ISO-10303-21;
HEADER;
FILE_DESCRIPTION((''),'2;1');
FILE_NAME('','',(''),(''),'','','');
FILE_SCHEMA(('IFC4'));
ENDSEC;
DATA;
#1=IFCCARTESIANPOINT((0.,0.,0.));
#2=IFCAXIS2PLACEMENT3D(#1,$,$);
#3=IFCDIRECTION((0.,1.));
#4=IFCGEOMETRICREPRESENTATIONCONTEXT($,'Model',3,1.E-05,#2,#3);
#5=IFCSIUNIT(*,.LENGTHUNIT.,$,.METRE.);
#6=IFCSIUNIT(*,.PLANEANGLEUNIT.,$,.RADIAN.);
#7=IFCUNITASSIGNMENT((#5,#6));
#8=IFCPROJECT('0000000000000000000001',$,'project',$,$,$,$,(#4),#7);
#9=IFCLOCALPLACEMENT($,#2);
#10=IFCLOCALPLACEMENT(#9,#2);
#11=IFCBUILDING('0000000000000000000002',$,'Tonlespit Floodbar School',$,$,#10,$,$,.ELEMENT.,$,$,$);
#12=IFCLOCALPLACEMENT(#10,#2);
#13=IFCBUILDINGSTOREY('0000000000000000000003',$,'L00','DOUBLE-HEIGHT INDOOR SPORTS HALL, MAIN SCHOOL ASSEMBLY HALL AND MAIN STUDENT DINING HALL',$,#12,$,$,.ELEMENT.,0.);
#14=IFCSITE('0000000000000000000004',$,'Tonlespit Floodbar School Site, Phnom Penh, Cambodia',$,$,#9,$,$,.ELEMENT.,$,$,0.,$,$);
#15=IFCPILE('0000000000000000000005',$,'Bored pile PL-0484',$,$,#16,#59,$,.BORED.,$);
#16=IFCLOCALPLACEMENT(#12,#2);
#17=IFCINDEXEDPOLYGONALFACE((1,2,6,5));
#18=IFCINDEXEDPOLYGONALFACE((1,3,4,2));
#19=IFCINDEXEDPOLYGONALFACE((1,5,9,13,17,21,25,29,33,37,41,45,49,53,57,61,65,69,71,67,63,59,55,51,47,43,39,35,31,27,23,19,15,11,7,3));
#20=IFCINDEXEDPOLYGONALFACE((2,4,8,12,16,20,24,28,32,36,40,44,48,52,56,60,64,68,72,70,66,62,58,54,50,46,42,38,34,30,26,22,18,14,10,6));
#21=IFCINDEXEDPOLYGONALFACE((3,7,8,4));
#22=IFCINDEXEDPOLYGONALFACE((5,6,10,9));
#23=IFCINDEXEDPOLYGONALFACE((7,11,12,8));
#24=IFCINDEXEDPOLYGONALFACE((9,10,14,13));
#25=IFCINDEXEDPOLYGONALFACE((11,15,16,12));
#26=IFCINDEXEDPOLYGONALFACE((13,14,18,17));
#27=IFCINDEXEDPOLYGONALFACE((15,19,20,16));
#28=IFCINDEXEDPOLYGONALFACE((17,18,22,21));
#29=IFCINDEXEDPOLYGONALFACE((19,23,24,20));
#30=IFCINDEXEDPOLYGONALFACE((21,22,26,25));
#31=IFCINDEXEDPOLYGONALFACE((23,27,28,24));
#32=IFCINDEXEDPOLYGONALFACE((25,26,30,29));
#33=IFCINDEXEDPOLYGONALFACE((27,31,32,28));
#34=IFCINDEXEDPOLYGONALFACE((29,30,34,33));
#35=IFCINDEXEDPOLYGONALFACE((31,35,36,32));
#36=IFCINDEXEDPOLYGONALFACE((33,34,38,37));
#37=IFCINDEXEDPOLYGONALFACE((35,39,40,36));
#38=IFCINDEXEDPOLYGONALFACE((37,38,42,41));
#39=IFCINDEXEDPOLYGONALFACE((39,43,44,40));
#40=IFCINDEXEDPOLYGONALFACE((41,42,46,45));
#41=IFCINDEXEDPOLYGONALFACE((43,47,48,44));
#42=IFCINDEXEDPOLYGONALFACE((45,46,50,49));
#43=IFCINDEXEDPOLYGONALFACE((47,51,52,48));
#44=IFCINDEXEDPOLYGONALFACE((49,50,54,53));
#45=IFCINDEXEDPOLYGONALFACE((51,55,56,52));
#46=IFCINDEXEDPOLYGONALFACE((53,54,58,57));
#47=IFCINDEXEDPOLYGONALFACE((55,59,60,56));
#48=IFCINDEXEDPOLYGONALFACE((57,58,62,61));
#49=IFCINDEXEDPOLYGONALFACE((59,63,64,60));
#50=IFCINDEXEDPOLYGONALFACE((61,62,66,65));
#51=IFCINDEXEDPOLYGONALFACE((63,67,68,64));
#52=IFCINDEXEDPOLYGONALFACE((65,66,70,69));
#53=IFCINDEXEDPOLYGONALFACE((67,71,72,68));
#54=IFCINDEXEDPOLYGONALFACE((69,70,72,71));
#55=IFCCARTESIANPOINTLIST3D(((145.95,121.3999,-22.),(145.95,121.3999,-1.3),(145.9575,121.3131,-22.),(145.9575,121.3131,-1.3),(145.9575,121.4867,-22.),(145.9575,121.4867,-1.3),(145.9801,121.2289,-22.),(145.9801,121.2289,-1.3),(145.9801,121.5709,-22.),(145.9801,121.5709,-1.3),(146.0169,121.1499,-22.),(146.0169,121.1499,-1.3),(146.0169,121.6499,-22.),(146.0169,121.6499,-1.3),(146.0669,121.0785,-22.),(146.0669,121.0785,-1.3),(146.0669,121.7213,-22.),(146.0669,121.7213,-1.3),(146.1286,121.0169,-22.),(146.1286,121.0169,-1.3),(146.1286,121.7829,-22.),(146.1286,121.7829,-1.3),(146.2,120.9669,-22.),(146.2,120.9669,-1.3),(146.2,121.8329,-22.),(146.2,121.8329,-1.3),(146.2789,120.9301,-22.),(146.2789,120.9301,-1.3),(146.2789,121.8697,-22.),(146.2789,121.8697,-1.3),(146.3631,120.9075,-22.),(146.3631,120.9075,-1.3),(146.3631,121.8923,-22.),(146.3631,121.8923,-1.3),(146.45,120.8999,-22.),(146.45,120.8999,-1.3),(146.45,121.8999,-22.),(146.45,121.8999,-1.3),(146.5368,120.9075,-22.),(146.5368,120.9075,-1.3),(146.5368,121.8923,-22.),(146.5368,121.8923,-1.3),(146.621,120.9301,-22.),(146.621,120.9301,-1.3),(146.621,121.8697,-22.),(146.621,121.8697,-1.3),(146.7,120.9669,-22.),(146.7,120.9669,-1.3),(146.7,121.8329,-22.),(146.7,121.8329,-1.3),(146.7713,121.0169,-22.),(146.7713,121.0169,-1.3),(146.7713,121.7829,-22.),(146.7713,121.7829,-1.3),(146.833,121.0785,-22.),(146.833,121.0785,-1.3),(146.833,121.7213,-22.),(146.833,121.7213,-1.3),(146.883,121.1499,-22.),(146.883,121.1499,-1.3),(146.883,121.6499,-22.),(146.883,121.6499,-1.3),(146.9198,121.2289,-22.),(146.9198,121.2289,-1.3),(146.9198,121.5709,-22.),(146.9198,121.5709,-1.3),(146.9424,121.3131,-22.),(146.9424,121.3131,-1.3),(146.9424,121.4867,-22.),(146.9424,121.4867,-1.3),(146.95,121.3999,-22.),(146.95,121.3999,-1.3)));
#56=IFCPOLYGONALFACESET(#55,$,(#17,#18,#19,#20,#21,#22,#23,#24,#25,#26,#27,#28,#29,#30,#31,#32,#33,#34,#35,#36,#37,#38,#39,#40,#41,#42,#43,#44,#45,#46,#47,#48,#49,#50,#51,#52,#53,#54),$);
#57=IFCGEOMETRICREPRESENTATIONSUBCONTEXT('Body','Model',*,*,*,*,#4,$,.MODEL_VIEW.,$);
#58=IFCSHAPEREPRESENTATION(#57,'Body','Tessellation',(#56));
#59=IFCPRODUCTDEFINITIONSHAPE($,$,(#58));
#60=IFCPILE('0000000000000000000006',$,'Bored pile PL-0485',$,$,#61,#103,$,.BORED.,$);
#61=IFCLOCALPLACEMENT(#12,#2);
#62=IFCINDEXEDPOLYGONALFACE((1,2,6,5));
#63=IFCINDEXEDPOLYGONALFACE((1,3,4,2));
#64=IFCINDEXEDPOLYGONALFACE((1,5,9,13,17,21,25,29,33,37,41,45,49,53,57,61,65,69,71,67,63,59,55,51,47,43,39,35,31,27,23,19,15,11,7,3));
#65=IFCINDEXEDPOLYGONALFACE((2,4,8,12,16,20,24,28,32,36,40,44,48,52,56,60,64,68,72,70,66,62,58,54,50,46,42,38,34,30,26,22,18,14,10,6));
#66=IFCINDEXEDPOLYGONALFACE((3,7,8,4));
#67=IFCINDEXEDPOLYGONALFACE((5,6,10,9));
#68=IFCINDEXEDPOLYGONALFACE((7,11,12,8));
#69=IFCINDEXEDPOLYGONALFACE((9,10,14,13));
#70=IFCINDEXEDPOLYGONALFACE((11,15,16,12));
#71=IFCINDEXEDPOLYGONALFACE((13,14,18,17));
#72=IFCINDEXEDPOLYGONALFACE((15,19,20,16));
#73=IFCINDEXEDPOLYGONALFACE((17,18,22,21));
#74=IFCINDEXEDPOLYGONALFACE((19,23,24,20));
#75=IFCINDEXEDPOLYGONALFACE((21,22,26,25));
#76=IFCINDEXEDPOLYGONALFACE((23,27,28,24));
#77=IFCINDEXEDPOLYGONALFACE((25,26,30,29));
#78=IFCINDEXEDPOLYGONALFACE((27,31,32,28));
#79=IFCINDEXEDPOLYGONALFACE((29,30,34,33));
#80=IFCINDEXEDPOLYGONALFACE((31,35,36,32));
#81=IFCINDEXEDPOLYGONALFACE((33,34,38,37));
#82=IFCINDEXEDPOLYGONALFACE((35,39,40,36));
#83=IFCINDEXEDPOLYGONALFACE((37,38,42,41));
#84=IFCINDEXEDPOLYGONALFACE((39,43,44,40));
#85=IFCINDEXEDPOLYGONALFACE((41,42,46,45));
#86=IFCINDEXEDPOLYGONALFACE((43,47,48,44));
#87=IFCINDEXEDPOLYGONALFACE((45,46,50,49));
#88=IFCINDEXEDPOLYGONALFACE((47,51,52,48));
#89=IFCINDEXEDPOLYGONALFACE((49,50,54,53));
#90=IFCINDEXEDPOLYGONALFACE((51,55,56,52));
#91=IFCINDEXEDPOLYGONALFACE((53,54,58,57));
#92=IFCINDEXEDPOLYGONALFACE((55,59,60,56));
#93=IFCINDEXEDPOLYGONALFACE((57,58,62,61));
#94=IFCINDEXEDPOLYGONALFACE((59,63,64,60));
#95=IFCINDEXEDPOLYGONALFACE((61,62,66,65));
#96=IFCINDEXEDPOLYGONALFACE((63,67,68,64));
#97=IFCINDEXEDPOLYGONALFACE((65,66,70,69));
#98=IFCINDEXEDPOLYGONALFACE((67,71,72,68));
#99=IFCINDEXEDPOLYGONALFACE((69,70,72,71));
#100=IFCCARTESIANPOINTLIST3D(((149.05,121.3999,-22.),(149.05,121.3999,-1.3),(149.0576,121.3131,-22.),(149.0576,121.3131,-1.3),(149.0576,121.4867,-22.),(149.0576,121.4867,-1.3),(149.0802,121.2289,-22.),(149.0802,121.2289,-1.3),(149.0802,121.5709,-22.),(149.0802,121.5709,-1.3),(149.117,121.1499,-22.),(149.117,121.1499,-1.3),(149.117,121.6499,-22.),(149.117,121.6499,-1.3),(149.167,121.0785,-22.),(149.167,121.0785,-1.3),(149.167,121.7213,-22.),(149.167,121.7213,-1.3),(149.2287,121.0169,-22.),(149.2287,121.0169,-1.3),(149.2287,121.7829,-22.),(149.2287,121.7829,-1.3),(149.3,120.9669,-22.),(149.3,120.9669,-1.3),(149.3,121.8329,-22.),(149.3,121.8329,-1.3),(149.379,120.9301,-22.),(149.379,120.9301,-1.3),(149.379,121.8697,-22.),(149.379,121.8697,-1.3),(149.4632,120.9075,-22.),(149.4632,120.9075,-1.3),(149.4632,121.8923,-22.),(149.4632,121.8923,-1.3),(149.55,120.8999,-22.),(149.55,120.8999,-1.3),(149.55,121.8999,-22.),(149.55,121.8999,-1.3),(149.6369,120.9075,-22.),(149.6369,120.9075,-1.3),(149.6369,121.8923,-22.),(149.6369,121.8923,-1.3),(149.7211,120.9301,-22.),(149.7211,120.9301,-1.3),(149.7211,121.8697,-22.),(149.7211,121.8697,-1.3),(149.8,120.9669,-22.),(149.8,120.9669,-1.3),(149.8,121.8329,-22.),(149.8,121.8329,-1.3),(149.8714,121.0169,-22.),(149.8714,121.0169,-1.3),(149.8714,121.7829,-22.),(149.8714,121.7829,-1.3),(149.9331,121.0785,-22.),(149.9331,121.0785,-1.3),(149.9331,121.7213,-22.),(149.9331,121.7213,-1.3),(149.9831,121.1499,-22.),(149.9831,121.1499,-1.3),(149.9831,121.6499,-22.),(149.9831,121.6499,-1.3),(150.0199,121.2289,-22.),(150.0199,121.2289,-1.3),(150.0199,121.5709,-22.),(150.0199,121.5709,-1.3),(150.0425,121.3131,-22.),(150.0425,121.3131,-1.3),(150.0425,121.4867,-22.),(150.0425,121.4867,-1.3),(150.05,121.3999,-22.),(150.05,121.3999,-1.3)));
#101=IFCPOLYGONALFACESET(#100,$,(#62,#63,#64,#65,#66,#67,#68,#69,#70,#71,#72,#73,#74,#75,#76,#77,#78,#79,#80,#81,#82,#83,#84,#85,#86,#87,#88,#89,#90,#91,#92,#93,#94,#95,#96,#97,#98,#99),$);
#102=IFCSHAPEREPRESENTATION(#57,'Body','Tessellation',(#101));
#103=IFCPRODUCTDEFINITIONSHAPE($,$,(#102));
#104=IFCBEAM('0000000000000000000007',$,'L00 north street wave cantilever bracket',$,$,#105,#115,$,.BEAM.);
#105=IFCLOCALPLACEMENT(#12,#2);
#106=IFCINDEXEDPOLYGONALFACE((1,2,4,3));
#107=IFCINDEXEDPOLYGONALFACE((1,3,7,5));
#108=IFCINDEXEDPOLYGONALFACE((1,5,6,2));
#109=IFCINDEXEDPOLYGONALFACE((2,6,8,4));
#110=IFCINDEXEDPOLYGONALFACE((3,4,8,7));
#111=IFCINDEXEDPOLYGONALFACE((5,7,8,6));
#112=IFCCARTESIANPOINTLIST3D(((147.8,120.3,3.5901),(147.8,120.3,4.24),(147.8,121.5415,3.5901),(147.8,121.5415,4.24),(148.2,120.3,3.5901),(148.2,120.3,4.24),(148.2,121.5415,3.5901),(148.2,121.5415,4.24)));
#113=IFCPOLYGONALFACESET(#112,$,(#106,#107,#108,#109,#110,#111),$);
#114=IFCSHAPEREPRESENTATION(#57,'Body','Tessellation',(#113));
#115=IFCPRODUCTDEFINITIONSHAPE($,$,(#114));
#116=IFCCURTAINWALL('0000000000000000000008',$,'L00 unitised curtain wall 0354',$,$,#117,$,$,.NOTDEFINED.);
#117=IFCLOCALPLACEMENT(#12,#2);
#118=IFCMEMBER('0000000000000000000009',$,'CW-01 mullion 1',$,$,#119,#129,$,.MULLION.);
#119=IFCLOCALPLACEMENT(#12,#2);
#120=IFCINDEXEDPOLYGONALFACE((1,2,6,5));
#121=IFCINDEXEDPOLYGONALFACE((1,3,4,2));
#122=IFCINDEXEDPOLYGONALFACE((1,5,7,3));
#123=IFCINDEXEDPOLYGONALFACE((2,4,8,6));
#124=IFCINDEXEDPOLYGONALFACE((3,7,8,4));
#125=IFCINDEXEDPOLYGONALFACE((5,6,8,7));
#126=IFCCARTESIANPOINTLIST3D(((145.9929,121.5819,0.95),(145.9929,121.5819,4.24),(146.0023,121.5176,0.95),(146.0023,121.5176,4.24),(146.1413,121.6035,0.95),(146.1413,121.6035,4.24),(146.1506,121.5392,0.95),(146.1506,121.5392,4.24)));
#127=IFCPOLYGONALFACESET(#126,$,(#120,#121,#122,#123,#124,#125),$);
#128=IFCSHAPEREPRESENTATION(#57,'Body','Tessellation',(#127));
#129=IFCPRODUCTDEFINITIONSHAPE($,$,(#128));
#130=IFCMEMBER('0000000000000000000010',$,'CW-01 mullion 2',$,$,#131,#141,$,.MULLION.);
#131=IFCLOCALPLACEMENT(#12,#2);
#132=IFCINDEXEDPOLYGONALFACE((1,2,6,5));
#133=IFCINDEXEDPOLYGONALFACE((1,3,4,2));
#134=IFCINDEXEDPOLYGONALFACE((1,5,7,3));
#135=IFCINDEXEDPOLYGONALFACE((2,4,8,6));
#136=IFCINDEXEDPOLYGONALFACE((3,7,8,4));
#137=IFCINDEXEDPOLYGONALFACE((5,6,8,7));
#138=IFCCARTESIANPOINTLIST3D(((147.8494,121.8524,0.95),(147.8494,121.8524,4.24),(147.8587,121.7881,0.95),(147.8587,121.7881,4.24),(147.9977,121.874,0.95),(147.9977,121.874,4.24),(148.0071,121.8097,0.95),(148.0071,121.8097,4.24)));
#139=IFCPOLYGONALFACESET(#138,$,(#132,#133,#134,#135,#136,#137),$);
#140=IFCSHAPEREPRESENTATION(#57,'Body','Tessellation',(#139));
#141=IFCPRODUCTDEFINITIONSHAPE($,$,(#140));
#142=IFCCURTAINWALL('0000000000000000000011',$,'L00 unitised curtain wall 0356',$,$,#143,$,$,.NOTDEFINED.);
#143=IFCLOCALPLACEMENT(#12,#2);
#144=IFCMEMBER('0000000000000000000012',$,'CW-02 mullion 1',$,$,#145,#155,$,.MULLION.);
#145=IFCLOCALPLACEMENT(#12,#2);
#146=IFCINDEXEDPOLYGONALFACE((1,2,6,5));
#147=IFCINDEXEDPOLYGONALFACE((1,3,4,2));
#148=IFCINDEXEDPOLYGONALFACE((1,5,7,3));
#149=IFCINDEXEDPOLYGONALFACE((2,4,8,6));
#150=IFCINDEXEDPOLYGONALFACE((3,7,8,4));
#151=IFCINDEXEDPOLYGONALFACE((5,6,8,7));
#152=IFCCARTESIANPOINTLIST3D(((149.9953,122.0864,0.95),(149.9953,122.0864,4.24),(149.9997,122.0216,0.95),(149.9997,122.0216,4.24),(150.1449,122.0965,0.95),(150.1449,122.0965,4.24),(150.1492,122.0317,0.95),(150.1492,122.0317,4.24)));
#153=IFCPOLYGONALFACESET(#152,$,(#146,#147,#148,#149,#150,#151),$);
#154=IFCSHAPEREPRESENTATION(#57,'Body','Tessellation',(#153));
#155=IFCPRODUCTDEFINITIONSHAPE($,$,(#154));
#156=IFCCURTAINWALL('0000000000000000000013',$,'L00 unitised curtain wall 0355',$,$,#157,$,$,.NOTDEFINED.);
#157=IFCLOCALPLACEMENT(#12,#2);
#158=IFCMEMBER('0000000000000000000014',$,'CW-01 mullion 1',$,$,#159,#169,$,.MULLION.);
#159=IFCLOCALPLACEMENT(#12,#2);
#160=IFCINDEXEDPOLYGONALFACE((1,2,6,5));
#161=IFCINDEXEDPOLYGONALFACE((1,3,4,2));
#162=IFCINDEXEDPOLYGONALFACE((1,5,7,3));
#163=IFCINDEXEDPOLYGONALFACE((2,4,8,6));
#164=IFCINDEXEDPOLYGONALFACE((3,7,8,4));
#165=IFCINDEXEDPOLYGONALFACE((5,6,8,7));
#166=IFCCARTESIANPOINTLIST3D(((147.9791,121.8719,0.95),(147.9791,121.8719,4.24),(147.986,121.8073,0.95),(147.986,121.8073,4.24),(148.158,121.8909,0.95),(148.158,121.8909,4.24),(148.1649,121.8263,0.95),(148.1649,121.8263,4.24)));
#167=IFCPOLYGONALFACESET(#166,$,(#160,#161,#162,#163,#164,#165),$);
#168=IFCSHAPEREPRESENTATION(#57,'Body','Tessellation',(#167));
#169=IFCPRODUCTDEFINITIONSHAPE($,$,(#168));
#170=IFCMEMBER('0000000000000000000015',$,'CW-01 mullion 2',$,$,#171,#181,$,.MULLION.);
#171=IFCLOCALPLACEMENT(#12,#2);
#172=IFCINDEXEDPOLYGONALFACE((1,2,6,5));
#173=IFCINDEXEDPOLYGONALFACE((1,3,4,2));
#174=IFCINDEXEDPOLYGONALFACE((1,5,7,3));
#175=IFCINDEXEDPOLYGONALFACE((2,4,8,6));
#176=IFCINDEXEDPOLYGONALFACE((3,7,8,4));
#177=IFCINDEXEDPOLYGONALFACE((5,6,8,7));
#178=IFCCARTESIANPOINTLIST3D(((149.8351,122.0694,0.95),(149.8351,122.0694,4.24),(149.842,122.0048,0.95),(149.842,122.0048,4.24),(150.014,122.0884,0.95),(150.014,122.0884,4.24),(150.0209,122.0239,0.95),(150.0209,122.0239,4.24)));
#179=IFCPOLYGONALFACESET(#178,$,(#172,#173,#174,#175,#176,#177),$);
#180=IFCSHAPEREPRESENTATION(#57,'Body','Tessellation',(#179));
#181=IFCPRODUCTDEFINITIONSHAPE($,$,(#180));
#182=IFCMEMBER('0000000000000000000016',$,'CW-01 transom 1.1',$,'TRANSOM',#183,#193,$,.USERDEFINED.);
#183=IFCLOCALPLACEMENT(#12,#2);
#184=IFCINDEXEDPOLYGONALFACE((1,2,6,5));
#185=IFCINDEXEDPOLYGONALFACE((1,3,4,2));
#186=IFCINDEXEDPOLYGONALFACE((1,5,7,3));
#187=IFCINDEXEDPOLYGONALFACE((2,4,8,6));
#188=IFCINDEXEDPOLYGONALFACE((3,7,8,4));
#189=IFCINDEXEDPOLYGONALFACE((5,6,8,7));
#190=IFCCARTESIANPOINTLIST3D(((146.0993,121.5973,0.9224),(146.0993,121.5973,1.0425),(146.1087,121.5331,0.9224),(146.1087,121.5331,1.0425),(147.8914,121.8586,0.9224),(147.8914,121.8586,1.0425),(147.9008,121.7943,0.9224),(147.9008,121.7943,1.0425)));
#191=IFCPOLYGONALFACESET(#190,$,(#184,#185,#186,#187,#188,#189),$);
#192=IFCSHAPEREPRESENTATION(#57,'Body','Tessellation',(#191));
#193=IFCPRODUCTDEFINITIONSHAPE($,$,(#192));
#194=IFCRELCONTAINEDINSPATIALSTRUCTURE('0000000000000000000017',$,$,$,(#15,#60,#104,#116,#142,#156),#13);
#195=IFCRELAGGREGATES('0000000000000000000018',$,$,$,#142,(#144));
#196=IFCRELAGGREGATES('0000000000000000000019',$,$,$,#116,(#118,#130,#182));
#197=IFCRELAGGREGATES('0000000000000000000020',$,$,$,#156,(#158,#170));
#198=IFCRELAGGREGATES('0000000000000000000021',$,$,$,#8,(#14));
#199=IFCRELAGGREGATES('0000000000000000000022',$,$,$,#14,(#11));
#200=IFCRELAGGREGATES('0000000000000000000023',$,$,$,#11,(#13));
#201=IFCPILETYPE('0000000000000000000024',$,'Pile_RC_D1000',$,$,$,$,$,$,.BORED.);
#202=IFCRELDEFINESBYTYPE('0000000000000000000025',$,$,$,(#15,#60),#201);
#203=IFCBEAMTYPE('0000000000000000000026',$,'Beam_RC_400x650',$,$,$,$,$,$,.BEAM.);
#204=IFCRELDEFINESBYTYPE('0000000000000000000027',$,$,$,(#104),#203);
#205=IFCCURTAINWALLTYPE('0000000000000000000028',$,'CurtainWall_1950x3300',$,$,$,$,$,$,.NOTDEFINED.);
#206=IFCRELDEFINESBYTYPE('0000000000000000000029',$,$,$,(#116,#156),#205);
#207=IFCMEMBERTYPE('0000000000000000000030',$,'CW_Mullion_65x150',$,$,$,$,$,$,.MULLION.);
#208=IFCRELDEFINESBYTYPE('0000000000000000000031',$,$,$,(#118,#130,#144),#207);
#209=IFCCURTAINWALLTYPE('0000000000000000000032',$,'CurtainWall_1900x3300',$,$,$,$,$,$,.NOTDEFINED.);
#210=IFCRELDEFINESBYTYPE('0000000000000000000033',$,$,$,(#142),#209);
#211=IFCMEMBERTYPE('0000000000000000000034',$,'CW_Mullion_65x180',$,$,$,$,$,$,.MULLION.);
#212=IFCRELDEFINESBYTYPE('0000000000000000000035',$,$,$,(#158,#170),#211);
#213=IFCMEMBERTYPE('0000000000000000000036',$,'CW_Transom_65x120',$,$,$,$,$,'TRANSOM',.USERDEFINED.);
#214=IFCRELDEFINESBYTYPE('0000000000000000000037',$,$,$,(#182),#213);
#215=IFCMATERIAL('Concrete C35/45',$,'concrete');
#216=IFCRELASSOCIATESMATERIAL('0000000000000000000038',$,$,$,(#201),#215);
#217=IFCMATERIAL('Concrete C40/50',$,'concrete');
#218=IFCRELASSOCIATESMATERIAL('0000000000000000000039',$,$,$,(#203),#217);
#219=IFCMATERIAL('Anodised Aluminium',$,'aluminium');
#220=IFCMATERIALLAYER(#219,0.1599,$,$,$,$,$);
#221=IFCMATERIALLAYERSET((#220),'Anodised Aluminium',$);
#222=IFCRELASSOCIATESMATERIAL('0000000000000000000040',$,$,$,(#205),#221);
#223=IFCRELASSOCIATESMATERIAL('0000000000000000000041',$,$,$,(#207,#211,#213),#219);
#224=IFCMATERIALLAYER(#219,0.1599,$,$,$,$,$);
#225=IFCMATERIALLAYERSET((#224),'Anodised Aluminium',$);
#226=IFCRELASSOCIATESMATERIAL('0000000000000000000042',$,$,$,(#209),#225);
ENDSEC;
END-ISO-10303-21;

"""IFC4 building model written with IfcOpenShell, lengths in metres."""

from ifc_helpers import new_model, si_unit, direction, frame, origin, origin_2d, place, context, subcontext, project, spatial, rectangle, circle, extrude, material, layer, layer_set, material_profile, profile_set, type_object, element, aggregate, save


model = new_model("IFC4")

# Units and contexts
model_context = context("Model", 3, precision=1e-05, world=origin(), true_north=direction((0.0, 1.0)))
body_context = subcontext(model_context, "Body", "Model", "MODEL_VIEW")
ifc_project = project(units=[si_unit("LENGTHUNIT", "METRE"), si_unit("PLANEANGLEUNIT", "RADIAN")], contexts=[model_context])

# Site, building, storey
site_placement = place(None, origin())
site = spatial("IfcSite", under=ifc_project, at=site_placement, Name="Tonlespit Floodbar School Site, Phnom Penh, Cambodia", CompositionType="ELEMENT", RefElevation=0.0)
building_placement = place(site_placement, origin())
building = spatial("IfcBuilding", under=site, at=building_placement, Name="Tonlespit Floodbar School", CompositionType="ELEMENT")
storey_placement = place(building_placement, origin())
storey = spatial("IfcBuildingStorey", under=building, at=storey_placement, Name="L00", Description="DOUBLE-HEIGHT INDOOR SPORTS HALL, MAIN SCHOOL ASSEMBLY HALL AND MAIN STUDENT DINING HALL", CompositionType="ELEMENT", Elevation=0.0)

# Piles
ifc_material_1 = material(Name="Concrete C35/45", Category="concrete")
ifc_material_profile_1 = material_profile(ifc_material_1, circle(Radius=0.5, at=origin_2d()), Name="BP D1000")
ifc_profile_set_1 = profile_set([ifc_material_profile_1], Name="Concrete C35/45")
pile_type = type_object("IfcPileType", Name="Pile_RC_D1000", PredefinedType="BORED", material=ifc_profile_set_1)
for number, where, z_axis, x_axis, name in (
    (1, (146.45, 121.3999, -1.3), (0.0, 0.0, -1.0), (1.0, 0.0, 0.0), "Bored pile PL-0484"),
    (2, (149.55, 121.3999, -1.3), (0.0, 0.0, -1.0), (1.0, 0.0, 0.0), "Bored pile PL-0485"),
):
    element("IfcPile", number, at=place(storey_placement, frame(where, z_axis=z_axis, x_axis=x_axis)), inside=storey, type_object=pile_type, Name=name, PredefinedType="BORED", context=body_context, shape_type="SweptSolid", body=[
        extrude(circle(Radius=0.5, at=origin_2d()), origin(), (0.0, 0.0, 1.0), 20.7),
    ])

# Beam
ifc_material_2 = material(Name="Concrete C40/50", Category="concrete")
ifc_material_profile_2 = material_profile(ifc_material_2, rectangle(XDim=0.3999, YDim=0.6499, at=origin_2d()), Name="RC 400x650")
ifc_profile_set_2 = profile_set([ifc_material_profile_2], Name="Concrete C40/50")
beam_type = type_object("IfcBeamType", Name="Beam_RC_400x650", PredefinedType="BEAM", material=ifc_profile_set_2)
beam_placement = place(storey_placement, frame((148.0, 120.3, 3.915), z_axis=(0.0, 1.0, 0.0), x_axis=(-1.0, 0.0, 0.0)))
element("IfcBeam", 3, at=beam_placement, inside=storey, type_object=beam_type, Name="L00 north street wave cantilever bracket", PredefinedType="BEAM", context=body_context, shape_type="SweptSolid", body=[
    extrude(rectangle(XDim=0.3999, YDim=0.6499, at=origin_2d()), origin(), (0.0, 0.0, 1.0), 1.2415),
])

# Curtain wall, members
ifc_material_3 = material(Name="Anodised Aluminium", Category="aluminium")
ifc_layer_1 = layer(ifc_material_3, 0.1599)
ifc_layer_set_1 = layer_set([ifc_layer_1], Name="Anodised Aluminium")
curtain_wall_type_1 = type_object("IfcCurtainWallType", Name="CurtainWall_1950x3300", PredefinedType="NOTDEFINED", material=ifc_layer_set_1)
curtain_wall_1_placement = place(storey_placement, origin())
curtain_wall_1 = element("IfcCurtainWall", 4, at=curtain_wall_1_placement, inside=storey, type_object=curtain_wall_type_1, Name="L00 unitised curtain wall 0354", PredefinedType="NOTDEFINED")
ifc_material_profile_3 = material_profile(ifc_material_3, rectangle(XDim=0.0649, YDim=0.1499, at=origin_2d()), Name="ALU M65x150")
ifc_profile_set_3 = profile_set([ifc_material_profile_3], Name="Anodised Aluminium")
member_type_1 = type_object("IfcMemberType", Name="CW_Mullion_65x150", PredefinedType="MULLION", material=ifc_profile_set_3)
member_1_placement = place(storey_placement, frame((146.0718, 121.5605, 0.95), z_axis=(0.0, 0.0, 1.0), x_axis=(-0.144248, 0.989542, 0.0)))
member_1 = element("IfcMember", 5, at=member_1_placement, type_object=member_type_1, Name="CW-01 mullion 1", PredefinedType="MULLION", context=body_context, shape_type="SweptSolid", body=[
    extrude(rectangle(XDim=0.0649, YDim=0.1499, at=origin_2d()), origin(), (0.0, 0.0, 1.0), 3.29),
])
member_2_placement = place(storey_placement, frame((147.9282, 121.8311, 0.95), z_axis=(0.0, 0.0, 1.0), x_axis=(-0.144248, 0.989542, 0.0)))
member_2 = element("IfcMember", 6, at=member_2_placement, type_object=member_type_1, Name="CW-01 mullion 2", PredefinedType="MULLION", context=body_context, shape_type="SweptSolid", body=[
    extrude(rectangle(XDim=0.0649, YDim=0.1499, at=origin_2d()), origin(), (0.0, 0.0, 1.0), 3.29),
])

# Curtain wall, member
ifc_layer_2 = layer(ifc_material_3, 0.1599)
ifc_layer_set_2 = layer_set([ifc_layer_2], Name="Anodised Aluminium")
curtain_wall_type_2 = type_object("IfcCurtainWallType", Name="CurtainWall_1900x3300", PredefinedType="NOTDEFINED", material=ifc_layer_set_2)
curtain_wall_2_placement = place(storey_placement, origin())
curtain_wall_2 = element("IfcCurtainWall", 7, at=curtain_wall_2_placement, inside=storey, type_object=curtain_wall_type_2, Name="L00 unitised curtain wall 0356", PredefinedType="NOTDEFINED")
member_3_placement = place(storey_placement, frame((150.0723, 122.0591, 0.95), z_axis=(0.0, 0.0, 1.0), x_axis=(-0.06734, 0.99773, 0.0)))
member_3 = element("IfcMember", 8, at=member_3_placement, type_object=member_type_1, Name="CW-02 mullion 1", PredefinedType="MULLION", context=body_context, shape_type="SweptSolid", body=[
    extrude(rectangle(XDim=0.0649, YDim=0.1499, at=origin_2d()), origin(), (0.0, 0.0, 1.0), 3.29),
])

# Curtain wall, members
curtain_wall_3_placement = place(storey_placement, origin())
curtain_wall_3 = element("IfcCurtainWall", 9, at=curtain_wall_3_placement, inside=storey, type_object=curtain_wall_type_1, Name="L00 unitised curtain wall 0355", PredefinedType="NOTDEFINED")
ifc_material_profile_4 = material_profile(ifc_material_3, rectangle(XDim=0.0649, YDim=0.1799, at=origin_2d()), Name="ALU M65x180")
ifc_profile_set_4 = profile_set([ifc_material_profile_4], Name="Anodised Aluminium")
member_type_2 = type_object("IfcMemberType", Name="CW_Mullion_65x180", PredefinedType="MULLION", material=ifc_profile_set_4)
member_4_placement = place(storey_placement, frame((148.072, 121.8491, 0.95), z_axis=(0.0, 0.0, 1.0), x_axis=(-0.105787, 0.994389, 0.0)))
member_4 = element("IfcMember", 10, at=member_4_placement, type_object=member_type_2, Name="CW-01 mullion 1", PredefinedType="MULLION", context=body_context, shape_type="SweptSolid", body=[
    extrude(rectangle(XDim=0.0649, YDim=0.1799, at=origin_2d()), origin(), (0.0, 0.0, 1.0), 3.29),
])
member_5_placement = place(storey_placement, frame((149.928, 122.0466, 0.95), z_axis=(0.0, 0.0, 1.0), x_axis=(-0.105787, 0.994389, 0.0)))
member_5 = element("IfcMember", 11, at=member_5_placement, type_object=member_type_2, Name="CW-01 mullion 2", PredefinedType="MULLION", context=body_context, shape_type="SweptSolid", body=[
    extrude(rectangle(XDim=0.0649, YDim=0.1799, at=origin_2d()), origin(), (0.0, 0.0, 1.0), 3.29),
])

# Member
ifc_material_profile_5 = material_profile(ifc_material_3, rectangle(XDim=0.0649, YDim=0.1201, at=origin_2d()), Name="ALU T65x120")
ifc_profile_set_5 = profile_set([ifc_material_profile_5], Name="Anodised Aluminium")
member_type_3 = type_object("IfcMemberType", Name="CW_Transom_65x120", ElementType="TRANSOM", PredefinedType="USERDEFINED", material=ifc_profile_set_5)
member_6_placement = place(storey_placement, frame((146.104, 121.5652, 0.9824), z_axis=(0.989541, 0.144252, 0.0), x_axis=(-0.144252, 0.989541, 0.0)))
member_6 = element("IfcMember", 12, at=member_6_placement, type_object=member_type_3, Name="CW-01 transom 1.1", ObjectType="TRANSOM", PredefinedType="USERDEFINED", context=body_context, shape_type="SweptSolid", body=[
    extrude(rectangle(XDim=0.0649, YDim=0.1201, at=origin_2d()), origin(), (0.0, 0.0, 1.0), 1.811),
])
aggregate(curtain_wall_2, [member_3])

aggregate(curtain_wall_1, [member_1, member_2, member_6])
aggregate(curtain_wall_3, [member_4, member_5])

save(model, "model.ifc")
